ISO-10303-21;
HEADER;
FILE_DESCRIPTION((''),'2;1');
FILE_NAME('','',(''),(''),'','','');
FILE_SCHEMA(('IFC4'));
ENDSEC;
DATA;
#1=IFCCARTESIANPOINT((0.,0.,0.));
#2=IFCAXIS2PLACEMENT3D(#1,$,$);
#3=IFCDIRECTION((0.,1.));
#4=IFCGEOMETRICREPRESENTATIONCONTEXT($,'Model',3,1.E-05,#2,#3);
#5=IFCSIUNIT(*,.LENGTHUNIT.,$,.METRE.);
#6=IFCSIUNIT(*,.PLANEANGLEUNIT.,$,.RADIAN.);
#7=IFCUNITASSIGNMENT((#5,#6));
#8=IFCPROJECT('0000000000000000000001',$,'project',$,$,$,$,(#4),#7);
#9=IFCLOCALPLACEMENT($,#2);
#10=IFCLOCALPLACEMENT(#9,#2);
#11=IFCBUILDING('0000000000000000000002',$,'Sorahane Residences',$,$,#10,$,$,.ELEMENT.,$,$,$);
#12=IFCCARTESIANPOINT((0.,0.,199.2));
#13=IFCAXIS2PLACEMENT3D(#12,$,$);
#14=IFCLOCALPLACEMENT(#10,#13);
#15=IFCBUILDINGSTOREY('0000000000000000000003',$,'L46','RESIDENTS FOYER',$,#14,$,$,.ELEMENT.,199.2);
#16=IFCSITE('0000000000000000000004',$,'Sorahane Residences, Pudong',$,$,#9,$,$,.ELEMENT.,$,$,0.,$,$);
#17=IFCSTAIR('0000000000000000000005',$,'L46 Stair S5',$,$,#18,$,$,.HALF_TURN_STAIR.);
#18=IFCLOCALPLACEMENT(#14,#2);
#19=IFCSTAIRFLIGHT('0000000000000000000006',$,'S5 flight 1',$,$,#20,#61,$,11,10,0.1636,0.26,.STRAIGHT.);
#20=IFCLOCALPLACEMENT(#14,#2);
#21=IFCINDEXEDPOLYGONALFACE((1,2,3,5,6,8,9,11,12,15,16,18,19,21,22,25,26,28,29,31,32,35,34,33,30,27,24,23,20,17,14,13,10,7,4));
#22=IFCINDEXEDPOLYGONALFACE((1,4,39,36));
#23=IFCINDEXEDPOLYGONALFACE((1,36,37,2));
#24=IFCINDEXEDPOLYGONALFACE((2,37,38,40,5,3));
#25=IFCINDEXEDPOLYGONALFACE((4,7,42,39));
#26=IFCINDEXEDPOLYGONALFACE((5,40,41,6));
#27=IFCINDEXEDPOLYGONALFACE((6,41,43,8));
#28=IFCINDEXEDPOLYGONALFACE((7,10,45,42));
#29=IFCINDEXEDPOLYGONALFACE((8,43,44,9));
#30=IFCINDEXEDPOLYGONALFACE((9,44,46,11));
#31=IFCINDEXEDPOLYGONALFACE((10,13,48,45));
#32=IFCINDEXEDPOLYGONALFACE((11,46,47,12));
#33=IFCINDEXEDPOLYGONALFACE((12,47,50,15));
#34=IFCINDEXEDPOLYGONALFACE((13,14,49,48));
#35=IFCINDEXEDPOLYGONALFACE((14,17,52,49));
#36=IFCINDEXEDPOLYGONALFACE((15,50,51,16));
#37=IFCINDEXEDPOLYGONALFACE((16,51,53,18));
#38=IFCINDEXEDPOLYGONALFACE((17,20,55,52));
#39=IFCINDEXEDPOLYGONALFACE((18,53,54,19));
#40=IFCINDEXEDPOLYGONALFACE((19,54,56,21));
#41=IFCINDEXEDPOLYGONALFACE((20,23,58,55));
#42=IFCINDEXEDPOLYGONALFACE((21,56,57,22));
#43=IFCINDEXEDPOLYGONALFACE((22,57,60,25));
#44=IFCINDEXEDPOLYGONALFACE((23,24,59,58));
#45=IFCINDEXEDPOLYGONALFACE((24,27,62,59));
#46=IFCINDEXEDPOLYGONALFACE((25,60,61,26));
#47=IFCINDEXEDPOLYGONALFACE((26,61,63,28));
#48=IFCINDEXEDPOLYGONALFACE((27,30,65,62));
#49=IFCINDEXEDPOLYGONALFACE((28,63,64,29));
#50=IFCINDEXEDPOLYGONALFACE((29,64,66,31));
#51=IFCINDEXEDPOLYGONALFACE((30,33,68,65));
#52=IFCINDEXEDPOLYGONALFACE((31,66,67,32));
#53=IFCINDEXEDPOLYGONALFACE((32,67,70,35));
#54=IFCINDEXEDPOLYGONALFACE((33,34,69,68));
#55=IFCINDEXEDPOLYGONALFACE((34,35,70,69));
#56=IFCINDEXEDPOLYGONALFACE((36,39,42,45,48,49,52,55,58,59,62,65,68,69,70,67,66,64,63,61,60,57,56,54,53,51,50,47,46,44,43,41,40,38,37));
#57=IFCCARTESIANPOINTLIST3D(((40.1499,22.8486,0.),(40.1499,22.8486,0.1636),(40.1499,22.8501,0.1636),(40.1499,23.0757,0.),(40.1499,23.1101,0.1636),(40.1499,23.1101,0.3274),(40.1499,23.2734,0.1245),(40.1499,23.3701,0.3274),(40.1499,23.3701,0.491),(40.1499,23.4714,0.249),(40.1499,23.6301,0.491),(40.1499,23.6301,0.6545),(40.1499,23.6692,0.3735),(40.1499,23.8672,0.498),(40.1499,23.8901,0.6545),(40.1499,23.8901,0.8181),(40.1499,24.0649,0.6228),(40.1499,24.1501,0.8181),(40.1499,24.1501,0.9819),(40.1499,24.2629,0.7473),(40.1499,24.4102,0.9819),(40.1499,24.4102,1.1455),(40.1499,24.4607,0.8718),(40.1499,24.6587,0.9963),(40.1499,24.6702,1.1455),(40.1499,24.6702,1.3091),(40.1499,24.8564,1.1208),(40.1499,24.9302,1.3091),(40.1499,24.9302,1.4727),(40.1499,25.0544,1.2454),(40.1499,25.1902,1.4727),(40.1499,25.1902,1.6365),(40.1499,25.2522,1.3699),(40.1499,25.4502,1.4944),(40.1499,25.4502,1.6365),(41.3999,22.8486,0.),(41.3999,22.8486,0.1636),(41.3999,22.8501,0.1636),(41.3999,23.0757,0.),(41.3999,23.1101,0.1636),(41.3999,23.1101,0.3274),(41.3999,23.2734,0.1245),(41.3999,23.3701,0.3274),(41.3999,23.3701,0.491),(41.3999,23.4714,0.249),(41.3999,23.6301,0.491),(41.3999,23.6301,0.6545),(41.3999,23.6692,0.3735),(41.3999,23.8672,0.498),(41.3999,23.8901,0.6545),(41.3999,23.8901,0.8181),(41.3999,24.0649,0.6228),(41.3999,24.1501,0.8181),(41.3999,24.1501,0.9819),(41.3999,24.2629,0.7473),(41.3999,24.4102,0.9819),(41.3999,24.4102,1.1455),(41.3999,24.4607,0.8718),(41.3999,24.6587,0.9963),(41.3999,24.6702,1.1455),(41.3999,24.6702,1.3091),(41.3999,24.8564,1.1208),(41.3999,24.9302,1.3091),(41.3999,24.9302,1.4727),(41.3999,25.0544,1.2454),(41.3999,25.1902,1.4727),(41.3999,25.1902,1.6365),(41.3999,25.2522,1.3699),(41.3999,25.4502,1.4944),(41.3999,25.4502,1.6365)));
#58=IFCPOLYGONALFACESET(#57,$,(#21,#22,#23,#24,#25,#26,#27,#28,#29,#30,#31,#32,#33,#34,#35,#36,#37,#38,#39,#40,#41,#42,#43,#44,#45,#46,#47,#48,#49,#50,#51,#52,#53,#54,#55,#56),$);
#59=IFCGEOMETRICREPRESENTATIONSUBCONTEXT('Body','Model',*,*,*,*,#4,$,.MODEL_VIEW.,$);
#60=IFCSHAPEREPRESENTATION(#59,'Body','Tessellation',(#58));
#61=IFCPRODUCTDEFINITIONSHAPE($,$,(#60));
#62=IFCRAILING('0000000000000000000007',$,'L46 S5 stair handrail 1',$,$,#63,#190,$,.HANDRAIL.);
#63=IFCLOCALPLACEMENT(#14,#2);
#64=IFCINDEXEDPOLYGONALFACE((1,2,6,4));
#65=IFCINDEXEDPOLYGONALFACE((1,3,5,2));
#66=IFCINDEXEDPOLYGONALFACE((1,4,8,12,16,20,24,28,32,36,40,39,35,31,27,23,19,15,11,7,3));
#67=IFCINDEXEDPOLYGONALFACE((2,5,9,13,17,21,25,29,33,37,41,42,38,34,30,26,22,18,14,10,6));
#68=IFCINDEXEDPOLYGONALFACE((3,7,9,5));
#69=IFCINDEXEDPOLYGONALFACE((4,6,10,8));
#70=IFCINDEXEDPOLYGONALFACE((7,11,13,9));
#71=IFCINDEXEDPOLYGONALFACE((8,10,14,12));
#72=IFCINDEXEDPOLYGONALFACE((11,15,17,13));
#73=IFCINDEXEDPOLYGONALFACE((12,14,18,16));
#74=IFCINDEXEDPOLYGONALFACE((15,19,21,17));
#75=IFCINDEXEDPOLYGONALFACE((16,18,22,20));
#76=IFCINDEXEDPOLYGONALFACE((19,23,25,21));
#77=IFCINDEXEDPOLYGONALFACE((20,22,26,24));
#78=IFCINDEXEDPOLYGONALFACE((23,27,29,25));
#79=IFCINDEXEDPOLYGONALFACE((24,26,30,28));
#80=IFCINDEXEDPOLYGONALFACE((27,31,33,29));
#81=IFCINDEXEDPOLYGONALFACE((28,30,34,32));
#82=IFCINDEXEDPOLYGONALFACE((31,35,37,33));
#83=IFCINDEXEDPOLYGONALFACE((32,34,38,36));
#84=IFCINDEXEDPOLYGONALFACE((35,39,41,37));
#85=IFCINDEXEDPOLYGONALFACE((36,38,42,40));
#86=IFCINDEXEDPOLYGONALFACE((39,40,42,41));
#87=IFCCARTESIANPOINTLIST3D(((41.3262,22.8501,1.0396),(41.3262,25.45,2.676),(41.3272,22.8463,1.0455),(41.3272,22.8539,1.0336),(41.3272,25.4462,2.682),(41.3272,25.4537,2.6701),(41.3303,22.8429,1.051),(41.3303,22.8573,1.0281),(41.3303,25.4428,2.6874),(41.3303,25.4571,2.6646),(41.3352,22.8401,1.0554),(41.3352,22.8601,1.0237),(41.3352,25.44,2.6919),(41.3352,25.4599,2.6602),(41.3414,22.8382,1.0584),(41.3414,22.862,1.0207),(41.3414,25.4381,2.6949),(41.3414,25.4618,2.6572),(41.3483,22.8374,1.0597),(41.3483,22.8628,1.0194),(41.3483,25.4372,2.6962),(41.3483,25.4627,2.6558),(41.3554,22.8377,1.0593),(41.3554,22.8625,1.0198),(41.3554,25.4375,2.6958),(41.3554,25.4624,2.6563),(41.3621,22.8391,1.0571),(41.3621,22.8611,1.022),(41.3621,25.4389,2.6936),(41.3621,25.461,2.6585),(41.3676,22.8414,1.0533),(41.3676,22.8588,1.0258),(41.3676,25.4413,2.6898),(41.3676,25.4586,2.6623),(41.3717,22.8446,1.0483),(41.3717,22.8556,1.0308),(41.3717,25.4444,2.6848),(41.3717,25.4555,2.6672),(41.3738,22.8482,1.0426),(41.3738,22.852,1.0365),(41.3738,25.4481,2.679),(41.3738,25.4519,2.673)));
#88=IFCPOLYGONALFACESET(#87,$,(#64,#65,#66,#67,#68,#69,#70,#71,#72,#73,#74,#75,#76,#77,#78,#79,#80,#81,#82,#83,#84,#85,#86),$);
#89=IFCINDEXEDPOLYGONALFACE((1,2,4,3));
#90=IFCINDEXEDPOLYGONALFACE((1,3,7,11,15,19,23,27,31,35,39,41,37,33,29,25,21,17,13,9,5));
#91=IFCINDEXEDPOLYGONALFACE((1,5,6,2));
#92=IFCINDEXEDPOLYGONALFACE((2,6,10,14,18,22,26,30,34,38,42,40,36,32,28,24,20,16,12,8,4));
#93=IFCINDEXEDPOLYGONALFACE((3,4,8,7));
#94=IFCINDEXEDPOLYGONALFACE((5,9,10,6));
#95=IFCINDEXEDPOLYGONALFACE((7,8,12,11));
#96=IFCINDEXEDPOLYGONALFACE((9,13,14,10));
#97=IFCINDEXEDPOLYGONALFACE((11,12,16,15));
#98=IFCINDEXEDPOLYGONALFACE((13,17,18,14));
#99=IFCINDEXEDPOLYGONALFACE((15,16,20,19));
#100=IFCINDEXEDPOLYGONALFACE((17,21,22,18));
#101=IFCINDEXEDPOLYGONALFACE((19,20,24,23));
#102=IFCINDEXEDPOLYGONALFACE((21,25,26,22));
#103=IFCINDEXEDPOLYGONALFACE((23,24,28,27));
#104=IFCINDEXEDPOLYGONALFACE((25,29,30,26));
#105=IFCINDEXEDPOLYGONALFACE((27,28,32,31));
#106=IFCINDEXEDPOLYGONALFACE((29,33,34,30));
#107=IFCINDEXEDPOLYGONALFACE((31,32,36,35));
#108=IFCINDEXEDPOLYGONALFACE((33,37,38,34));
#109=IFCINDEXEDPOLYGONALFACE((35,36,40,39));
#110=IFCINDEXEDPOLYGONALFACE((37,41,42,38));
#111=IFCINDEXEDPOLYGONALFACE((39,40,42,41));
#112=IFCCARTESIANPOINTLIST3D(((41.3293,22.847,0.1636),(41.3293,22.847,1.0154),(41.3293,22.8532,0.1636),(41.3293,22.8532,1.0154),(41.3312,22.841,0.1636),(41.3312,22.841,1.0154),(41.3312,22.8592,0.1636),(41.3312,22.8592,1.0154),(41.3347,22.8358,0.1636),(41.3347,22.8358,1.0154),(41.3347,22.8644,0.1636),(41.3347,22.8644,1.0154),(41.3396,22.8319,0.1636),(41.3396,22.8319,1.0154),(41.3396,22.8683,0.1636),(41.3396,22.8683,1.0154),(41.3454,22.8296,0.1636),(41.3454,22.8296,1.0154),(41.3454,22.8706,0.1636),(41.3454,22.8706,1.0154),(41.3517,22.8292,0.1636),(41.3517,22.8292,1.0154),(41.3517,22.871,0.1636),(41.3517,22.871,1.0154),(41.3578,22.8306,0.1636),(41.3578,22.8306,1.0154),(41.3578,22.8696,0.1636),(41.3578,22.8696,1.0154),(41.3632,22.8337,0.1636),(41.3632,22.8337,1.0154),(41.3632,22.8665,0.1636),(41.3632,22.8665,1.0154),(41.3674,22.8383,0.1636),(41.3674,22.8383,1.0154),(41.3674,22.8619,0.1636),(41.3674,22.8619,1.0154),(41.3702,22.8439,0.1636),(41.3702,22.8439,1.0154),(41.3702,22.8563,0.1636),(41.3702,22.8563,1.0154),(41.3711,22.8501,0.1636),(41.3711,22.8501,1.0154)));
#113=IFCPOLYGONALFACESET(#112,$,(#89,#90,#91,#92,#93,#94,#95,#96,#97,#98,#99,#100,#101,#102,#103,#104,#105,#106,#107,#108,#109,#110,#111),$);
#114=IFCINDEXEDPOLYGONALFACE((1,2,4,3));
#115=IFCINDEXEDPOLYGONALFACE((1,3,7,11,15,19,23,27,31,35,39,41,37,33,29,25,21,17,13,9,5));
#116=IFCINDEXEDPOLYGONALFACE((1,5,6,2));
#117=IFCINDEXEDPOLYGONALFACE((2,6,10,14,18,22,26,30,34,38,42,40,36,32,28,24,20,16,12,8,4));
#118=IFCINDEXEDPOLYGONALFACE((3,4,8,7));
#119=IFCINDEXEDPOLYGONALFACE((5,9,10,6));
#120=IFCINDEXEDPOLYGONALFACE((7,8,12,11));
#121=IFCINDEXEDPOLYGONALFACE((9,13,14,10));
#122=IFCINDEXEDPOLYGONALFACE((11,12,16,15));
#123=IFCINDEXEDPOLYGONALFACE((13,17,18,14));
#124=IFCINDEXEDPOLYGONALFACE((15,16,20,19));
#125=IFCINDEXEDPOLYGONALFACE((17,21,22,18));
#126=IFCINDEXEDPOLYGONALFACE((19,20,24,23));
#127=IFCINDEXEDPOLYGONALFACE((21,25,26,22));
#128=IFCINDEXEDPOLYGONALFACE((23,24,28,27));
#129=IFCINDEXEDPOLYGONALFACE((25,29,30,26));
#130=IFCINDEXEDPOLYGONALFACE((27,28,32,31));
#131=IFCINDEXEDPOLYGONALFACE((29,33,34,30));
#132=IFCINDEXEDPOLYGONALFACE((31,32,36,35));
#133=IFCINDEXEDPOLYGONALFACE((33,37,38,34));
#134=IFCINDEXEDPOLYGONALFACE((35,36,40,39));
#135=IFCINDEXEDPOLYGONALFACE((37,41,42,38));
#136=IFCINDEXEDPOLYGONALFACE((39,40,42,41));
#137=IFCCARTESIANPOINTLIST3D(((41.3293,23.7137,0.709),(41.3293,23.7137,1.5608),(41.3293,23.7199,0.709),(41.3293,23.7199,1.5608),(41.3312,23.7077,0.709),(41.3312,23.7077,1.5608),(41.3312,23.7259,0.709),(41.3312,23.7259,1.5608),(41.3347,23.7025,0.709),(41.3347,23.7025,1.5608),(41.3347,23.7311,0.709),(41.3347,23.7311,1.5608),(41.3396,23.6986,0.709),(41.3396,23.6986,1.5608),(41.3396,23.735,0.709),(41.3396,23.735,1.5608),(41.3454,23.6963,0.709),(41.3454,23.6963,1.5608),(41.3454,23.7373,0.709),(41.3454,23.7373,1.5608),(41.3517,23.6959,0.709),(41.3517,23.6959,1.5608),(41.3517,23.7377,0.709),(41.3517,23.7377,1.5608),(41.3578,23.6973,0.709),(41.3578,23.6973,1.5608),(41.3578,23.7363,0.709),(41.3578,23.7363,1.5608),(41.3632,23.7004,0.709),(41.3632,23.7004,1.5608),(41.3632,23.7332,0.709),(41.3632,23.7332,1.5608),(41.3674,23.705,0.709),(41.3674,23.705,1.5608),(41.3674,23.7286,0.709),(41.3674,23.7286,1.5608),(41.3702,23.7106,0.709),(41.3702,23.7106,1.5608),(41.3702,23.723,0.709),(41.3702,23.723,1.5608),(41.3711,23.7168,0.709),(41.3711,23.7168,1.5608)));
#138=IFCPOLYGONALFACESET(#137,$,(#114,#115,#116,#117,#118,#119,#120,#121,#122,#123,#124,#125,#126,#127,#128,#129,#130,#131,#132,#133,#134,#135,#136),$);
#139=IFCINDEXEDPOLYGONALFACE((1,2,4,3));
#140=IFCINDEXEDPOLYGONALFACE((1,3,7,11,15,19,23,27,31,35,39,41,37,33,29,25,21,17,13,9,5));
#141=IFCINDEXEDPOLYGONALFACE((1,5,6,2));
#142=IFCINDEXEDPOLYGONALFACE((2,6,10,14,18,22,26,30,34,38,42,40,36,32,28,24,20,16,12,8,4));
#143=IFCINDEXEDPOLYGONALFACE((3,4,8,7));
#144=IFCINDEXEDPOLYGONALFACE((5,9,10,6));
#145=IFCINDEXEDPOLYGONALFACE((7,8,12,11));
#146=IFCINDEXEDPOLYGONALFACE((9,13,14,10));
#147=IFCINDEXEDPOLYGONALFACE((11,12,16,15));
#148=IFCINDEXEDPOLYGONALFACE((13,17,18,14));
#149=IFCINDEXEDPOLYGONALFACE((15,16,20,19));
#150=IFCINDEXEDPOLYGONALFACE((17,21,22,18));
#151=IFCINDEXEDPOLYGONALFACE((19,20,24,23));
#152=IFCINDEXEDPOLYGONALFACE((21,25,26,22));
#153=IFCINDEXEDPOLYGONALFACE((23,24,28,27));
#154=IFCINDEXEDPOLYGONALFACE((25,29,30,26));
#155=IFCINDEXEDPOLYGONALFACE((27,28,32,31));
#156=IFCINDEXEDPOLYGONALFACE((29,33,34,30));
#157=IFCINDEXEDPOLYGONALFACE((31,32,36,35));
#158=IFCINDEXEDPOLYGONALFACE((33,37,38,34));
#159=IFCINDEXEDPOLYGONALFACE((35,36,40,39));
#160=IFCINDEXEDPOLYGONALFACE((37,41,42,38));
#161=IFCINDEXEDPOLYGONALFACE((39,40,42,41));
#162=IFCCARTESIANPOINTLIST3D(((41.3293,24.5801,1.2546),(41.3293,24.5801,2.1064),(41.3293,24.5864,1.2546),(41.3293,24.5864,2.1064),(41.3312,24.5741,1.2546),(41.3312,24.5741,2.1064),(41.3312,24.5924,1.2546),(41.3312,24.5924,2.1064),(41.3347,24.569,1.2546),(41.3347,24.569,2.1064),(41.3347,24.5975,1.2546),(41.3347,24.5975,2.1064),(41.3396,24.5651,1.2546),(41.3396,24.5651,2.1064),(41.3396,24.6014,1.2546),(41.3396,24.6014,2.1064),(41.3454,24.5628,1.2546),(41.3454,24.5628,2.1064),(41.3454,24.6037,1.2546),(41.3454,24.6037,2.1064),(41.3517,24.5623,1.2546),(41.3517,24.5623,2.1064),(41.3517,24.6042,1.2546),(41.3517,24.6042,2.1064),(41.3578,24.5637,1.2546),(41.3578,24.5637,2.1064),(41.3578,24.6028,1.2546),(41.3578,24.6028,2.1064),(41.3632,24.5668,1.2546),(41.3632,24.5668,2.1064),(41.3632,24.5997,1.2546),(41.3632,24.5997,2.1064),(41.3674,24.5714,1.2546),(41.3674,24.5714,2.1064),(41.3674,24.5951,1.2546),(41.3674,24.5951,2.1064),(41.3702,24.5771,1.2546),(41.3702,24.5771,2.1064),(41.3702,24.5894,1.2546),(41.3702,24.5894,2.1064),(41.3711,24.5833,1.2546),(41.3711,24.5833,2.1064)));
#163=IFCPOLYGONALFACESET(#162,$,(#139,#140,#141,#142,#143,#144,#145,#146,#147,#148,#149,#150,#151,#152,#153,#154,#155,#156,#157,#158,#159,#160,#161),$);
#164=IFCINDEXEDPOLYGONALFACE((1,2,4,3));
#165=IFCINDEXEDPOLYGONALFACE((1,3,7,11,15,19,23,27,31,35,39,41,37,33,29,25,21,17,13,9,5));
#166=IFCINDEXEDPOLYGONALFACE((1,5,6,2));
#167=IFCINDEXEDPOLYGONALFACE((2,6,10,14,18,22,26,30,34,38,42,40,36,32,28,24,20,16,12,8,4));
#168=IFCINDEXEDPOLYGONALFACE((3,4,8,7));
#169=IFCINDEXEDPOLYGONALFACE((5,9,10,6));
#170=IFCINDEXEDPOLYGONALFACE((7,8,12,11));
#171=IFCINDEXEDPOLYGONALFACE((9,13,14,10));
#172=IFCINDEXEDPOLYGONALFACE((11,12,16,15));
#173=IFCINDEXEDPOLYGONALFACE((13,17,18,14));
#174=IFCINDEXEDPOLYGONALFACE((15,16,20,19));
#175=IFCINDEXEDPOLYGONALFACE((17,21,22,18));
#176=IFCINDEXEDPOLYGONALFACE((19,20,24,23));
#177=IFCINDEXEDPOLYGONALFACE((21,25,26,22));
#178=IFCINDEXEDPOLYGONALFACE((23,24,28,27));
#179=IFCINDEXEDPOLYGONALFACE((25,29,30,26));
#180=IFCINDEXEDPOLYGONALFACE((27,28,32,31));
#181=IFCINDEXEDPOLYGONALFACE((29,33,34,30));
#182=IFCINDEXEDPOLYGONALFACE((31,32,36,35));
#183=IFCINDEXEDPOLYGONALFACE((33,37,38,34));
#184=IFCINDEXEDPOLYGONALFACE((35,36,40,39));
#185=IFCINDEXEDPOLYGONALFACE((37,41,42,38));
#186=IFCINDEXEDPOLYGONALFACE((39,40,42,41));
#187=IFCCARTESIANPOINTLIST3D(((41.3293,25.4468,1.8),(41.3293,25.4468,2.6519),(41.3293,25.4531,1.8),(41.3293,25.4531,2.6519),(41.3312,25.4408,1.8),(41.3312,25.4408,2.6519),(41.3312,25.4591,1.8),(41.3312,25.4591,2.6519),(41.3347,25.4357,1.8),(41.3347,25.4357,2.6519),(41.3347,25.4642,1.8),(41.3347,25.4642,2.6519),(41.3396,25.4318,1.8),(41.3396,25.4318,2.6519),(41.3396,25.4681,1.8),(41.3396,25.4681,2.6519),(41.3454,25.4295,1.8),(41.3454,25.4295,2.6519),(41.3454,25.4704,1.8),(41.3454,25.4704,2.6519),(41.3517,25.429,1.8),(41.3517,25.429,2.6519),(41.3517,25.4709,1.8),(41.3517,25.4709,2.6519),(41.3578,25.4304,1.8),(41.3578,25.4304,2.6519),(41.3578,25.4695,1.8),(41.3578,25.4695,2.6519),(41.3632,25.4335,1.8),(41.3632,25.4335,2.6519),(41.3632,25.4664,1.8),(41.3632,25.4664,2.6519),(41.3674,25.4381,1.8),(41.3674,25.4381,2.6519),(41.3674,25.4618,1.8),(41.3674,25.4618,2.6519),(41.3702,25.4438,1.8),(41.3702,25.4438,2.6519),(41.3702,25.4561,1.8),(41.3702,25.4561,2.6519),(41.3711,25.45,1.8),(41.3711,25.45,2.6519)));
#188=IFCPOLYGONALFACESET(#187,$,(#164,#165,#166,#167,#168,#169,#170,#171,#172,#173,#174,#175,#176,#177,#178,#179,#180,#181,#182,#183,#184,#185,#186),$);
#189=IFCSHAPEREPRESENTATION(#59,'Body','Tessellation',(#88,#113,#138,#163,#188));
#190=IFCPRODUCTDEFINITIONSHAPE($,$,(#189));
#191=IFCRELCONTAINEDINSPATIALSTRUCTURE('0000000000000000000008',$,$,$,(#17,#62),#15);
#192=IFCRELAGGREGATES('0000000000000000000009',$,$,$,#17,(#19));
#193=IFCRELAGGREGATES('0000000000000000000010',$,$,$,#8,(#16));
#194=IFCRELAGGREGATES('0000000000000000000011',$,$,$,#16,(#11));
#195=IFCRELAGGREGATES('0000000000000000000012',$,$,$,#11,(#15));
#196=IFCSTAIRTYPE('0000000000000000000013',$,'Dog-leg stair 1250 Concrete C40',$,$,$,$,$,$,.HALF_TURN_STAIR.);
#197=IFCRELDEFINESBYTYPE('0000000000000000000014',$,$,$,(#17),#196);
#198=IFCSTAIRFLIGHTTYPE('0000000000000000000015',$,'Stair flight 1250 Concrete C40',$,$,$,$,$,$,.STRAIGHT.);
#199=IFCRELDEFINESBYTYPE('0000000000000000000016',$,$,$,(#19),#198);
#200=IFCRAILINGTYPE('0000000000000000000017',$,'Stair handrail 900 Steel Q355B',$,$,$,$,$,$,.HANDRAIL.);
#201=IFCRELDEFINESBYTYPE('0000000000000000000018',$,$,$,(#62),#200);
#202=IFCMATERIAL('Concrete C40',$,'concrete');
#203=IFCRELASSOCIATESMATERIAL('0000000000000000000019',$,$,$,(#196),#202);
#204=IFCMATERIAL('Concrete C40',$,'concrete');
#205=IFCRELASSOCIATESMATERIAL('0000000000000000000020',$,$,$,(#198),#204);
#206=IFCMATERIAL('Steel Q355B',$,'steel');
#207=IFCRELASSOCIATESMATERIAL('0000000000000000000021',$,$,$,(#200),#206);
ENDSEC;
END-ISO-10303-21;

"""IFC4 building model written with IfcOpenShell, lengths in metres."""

from ifc_helpers import new_model, si_unit, direction, frame, origin, origin_2d, place, context, subcontext, project, spatial, polyline, circle, outline, extrude, material, type_object, element, aggregate, save


model = new_model("IFC4")

# Units and contexts
model_context = context("Model", 3, precision=1e-05, world=origin(), true_north=direction((0.0, 1.0)))
body_context = subcontext(model_context, "Body", "Model", "MODEL_VIEW")
ifc_project = project(units=[si_unit("LENGTHUNIT", "METRE"), si_unit("PLANEANGLEUNIT", "RADIAN")], contexts=[model_context])

# Site, building, storey
site_placement = place(None, origin())
site = spatial("IfcSite", under=ifc_project, at=site_placement, Name="Sorahane Residences, Pudong", CompositionType="ELEMENT", RefElevation=0.0)
building_placement = place(site_placement, origin())
building = spatial("IfcBuilding", under=site, at=building_placement, Name="Sorahane Residences", CompositionType="ELEMENT")
storey_placement = place(building_placement, frame((0.0, 0.0, 199.2)))
storey = spatial("IfcBuildingStorey", under=building, at=storey_placement, Name="L46", Description="RESIDENTS FOYER", CompositionType="ELEMENT", Elevation=199.2)

# Stair, stair flight
ifc_material_1 = material(Name="Concrete C40", Category="concrete")
stair_type = type_object("IfcStairType", Name="Dog-leg stair 1250 Concrete C40", PredefinedType="HALF_TURN_STAIR", material=ifc_material_1)
stair_placement = place(storey_placement, origin())
stair = element("IfcStair", 1, at=stair_placement, inside=storey, type_object=stair_type, Name="L46 Stair S5", PredefinedType="HALF_TURN_STAIR")
ifc_material_2 = material(Name="Concrete C40", Category="concrete")
stair_flight_type = type_object("IfcStairFlightType", Name="Stair flight 1250 Concrete C40", PredefinedType="STRAIGHT", material=ifc_material_2)
stair_flight_placement = place(storey_placement, frame((40.7749, 22.8501, 0.0), z_axis=(0.0, 0.0, 1.0), x_axis=(0.0, 1.0, 0.0)))
stair_flight = element("IfcStairFlight", 2, at=stair_flight_placement, type_object=stair_flight_type, Name="S5 flight 1", NumberOfRisers=11, NumberOfTreads=10, PredefinedType="STRAIGHT", RiserHeight=0.1636, TreadLength=0.26, context=body_context, shape_type="SweptSolid", body=[
    extrude(outline(polyline([(-0.0015, 0.0), (-0.0015, 0.1636), (0.0, 0.1636), (0.26, 0.1636), (0.26, 0.3274), (0.52, 0.3274), (0.52, 0.491), (0.78, 0.491), (0.78, 0.6545), (1.04, 0.6545), (1.04, 0.8181), (1.3, 0.8181), (1.3, 0.9819), (1.5601, 0.9819), (1.5601, 1.1455), (1.8201, 1.1455), (1.8201, 1.3091), (2.0801, 1.3091), (2.0801, 1.4727), (2.3401, 1.4727), (2.3401, 1.6365), (2.6001, 1.6365), (2.6001, 1.8), (2.6001, 1.4944), (2.4021, 1.3699), (2.2043, 1.2454), (2.0063, 1.1208), (1.8086, 0.9963), (1.6106, 0.8718), (1.4128, 0.7473), (1.2148, 0.6228), (1.0171, 0.498), (0.8191, 0.3735), (0.6213, 0.249), (0.4233, 0.1245), (0.2256, 0.0), (-0.0015, 0.0)])), frame((0.0, 0.625, 0.0), z_axis=(0.0, -1.0, 0.0), x_axis=(1.0, 0.0, 0.0)), (0.0, 0.0, 1.0), 1.25),
])
aggregate(stair, [stair_flight])

# Railing
ifc_material_3 = material(Name="Steel Q355B", Category="steel")
railing_type_1 = type_object("IfcRailingType", Name="Stair handrail 900 Steel Q355B", PredefinedType="HANDRAIL", material=ifc_material_3)
railing_1_placement = place(storey_placement, frame((41.3501, 22.8501, 0.1636)))
element("IfcRailing", 3, at=railing_1_placement, inside=storey, type_object=railing_type_1, Name="L46 S5 stair handrail 1", PredefinedType="HANDRAIL", context=body_context, shape_type="SweptSolid", body=[
    extrude(circle(Radius=0.0239, at=origin_2d()), frame((0.0, 0.0, 0.876), z_axis=(0.0, 0.846302, 0.532704), x_axis=(-1.0, 0.0, 0.0)), (0.0, 0.0, 1.0), 3.072),
    extrude(circle(Radius=0.021, at=origin_2d()), origin(), (0.0, 0.0, 1.0), 0.8518),
    extrude(circle(Radius=0.021, at=origin_2d()), frame((0.0, 0.8667, 0.5454)), (0.0, 0.0, 1.0), 0.8518),
    extrude(circle(Radius=0.021, at=origin_2d()), frame((0.0, 1.7332, 1.0911)), (0.0, 0.0, 1.0), 0.8518),
    extrude(circle(Radius=0.021, at=origin_2d()), frame((0.0, 2.5999, 1.6365)), (0.0, 0.0, 1.0), 0.8518),
])

save(model, "model.ifc")
